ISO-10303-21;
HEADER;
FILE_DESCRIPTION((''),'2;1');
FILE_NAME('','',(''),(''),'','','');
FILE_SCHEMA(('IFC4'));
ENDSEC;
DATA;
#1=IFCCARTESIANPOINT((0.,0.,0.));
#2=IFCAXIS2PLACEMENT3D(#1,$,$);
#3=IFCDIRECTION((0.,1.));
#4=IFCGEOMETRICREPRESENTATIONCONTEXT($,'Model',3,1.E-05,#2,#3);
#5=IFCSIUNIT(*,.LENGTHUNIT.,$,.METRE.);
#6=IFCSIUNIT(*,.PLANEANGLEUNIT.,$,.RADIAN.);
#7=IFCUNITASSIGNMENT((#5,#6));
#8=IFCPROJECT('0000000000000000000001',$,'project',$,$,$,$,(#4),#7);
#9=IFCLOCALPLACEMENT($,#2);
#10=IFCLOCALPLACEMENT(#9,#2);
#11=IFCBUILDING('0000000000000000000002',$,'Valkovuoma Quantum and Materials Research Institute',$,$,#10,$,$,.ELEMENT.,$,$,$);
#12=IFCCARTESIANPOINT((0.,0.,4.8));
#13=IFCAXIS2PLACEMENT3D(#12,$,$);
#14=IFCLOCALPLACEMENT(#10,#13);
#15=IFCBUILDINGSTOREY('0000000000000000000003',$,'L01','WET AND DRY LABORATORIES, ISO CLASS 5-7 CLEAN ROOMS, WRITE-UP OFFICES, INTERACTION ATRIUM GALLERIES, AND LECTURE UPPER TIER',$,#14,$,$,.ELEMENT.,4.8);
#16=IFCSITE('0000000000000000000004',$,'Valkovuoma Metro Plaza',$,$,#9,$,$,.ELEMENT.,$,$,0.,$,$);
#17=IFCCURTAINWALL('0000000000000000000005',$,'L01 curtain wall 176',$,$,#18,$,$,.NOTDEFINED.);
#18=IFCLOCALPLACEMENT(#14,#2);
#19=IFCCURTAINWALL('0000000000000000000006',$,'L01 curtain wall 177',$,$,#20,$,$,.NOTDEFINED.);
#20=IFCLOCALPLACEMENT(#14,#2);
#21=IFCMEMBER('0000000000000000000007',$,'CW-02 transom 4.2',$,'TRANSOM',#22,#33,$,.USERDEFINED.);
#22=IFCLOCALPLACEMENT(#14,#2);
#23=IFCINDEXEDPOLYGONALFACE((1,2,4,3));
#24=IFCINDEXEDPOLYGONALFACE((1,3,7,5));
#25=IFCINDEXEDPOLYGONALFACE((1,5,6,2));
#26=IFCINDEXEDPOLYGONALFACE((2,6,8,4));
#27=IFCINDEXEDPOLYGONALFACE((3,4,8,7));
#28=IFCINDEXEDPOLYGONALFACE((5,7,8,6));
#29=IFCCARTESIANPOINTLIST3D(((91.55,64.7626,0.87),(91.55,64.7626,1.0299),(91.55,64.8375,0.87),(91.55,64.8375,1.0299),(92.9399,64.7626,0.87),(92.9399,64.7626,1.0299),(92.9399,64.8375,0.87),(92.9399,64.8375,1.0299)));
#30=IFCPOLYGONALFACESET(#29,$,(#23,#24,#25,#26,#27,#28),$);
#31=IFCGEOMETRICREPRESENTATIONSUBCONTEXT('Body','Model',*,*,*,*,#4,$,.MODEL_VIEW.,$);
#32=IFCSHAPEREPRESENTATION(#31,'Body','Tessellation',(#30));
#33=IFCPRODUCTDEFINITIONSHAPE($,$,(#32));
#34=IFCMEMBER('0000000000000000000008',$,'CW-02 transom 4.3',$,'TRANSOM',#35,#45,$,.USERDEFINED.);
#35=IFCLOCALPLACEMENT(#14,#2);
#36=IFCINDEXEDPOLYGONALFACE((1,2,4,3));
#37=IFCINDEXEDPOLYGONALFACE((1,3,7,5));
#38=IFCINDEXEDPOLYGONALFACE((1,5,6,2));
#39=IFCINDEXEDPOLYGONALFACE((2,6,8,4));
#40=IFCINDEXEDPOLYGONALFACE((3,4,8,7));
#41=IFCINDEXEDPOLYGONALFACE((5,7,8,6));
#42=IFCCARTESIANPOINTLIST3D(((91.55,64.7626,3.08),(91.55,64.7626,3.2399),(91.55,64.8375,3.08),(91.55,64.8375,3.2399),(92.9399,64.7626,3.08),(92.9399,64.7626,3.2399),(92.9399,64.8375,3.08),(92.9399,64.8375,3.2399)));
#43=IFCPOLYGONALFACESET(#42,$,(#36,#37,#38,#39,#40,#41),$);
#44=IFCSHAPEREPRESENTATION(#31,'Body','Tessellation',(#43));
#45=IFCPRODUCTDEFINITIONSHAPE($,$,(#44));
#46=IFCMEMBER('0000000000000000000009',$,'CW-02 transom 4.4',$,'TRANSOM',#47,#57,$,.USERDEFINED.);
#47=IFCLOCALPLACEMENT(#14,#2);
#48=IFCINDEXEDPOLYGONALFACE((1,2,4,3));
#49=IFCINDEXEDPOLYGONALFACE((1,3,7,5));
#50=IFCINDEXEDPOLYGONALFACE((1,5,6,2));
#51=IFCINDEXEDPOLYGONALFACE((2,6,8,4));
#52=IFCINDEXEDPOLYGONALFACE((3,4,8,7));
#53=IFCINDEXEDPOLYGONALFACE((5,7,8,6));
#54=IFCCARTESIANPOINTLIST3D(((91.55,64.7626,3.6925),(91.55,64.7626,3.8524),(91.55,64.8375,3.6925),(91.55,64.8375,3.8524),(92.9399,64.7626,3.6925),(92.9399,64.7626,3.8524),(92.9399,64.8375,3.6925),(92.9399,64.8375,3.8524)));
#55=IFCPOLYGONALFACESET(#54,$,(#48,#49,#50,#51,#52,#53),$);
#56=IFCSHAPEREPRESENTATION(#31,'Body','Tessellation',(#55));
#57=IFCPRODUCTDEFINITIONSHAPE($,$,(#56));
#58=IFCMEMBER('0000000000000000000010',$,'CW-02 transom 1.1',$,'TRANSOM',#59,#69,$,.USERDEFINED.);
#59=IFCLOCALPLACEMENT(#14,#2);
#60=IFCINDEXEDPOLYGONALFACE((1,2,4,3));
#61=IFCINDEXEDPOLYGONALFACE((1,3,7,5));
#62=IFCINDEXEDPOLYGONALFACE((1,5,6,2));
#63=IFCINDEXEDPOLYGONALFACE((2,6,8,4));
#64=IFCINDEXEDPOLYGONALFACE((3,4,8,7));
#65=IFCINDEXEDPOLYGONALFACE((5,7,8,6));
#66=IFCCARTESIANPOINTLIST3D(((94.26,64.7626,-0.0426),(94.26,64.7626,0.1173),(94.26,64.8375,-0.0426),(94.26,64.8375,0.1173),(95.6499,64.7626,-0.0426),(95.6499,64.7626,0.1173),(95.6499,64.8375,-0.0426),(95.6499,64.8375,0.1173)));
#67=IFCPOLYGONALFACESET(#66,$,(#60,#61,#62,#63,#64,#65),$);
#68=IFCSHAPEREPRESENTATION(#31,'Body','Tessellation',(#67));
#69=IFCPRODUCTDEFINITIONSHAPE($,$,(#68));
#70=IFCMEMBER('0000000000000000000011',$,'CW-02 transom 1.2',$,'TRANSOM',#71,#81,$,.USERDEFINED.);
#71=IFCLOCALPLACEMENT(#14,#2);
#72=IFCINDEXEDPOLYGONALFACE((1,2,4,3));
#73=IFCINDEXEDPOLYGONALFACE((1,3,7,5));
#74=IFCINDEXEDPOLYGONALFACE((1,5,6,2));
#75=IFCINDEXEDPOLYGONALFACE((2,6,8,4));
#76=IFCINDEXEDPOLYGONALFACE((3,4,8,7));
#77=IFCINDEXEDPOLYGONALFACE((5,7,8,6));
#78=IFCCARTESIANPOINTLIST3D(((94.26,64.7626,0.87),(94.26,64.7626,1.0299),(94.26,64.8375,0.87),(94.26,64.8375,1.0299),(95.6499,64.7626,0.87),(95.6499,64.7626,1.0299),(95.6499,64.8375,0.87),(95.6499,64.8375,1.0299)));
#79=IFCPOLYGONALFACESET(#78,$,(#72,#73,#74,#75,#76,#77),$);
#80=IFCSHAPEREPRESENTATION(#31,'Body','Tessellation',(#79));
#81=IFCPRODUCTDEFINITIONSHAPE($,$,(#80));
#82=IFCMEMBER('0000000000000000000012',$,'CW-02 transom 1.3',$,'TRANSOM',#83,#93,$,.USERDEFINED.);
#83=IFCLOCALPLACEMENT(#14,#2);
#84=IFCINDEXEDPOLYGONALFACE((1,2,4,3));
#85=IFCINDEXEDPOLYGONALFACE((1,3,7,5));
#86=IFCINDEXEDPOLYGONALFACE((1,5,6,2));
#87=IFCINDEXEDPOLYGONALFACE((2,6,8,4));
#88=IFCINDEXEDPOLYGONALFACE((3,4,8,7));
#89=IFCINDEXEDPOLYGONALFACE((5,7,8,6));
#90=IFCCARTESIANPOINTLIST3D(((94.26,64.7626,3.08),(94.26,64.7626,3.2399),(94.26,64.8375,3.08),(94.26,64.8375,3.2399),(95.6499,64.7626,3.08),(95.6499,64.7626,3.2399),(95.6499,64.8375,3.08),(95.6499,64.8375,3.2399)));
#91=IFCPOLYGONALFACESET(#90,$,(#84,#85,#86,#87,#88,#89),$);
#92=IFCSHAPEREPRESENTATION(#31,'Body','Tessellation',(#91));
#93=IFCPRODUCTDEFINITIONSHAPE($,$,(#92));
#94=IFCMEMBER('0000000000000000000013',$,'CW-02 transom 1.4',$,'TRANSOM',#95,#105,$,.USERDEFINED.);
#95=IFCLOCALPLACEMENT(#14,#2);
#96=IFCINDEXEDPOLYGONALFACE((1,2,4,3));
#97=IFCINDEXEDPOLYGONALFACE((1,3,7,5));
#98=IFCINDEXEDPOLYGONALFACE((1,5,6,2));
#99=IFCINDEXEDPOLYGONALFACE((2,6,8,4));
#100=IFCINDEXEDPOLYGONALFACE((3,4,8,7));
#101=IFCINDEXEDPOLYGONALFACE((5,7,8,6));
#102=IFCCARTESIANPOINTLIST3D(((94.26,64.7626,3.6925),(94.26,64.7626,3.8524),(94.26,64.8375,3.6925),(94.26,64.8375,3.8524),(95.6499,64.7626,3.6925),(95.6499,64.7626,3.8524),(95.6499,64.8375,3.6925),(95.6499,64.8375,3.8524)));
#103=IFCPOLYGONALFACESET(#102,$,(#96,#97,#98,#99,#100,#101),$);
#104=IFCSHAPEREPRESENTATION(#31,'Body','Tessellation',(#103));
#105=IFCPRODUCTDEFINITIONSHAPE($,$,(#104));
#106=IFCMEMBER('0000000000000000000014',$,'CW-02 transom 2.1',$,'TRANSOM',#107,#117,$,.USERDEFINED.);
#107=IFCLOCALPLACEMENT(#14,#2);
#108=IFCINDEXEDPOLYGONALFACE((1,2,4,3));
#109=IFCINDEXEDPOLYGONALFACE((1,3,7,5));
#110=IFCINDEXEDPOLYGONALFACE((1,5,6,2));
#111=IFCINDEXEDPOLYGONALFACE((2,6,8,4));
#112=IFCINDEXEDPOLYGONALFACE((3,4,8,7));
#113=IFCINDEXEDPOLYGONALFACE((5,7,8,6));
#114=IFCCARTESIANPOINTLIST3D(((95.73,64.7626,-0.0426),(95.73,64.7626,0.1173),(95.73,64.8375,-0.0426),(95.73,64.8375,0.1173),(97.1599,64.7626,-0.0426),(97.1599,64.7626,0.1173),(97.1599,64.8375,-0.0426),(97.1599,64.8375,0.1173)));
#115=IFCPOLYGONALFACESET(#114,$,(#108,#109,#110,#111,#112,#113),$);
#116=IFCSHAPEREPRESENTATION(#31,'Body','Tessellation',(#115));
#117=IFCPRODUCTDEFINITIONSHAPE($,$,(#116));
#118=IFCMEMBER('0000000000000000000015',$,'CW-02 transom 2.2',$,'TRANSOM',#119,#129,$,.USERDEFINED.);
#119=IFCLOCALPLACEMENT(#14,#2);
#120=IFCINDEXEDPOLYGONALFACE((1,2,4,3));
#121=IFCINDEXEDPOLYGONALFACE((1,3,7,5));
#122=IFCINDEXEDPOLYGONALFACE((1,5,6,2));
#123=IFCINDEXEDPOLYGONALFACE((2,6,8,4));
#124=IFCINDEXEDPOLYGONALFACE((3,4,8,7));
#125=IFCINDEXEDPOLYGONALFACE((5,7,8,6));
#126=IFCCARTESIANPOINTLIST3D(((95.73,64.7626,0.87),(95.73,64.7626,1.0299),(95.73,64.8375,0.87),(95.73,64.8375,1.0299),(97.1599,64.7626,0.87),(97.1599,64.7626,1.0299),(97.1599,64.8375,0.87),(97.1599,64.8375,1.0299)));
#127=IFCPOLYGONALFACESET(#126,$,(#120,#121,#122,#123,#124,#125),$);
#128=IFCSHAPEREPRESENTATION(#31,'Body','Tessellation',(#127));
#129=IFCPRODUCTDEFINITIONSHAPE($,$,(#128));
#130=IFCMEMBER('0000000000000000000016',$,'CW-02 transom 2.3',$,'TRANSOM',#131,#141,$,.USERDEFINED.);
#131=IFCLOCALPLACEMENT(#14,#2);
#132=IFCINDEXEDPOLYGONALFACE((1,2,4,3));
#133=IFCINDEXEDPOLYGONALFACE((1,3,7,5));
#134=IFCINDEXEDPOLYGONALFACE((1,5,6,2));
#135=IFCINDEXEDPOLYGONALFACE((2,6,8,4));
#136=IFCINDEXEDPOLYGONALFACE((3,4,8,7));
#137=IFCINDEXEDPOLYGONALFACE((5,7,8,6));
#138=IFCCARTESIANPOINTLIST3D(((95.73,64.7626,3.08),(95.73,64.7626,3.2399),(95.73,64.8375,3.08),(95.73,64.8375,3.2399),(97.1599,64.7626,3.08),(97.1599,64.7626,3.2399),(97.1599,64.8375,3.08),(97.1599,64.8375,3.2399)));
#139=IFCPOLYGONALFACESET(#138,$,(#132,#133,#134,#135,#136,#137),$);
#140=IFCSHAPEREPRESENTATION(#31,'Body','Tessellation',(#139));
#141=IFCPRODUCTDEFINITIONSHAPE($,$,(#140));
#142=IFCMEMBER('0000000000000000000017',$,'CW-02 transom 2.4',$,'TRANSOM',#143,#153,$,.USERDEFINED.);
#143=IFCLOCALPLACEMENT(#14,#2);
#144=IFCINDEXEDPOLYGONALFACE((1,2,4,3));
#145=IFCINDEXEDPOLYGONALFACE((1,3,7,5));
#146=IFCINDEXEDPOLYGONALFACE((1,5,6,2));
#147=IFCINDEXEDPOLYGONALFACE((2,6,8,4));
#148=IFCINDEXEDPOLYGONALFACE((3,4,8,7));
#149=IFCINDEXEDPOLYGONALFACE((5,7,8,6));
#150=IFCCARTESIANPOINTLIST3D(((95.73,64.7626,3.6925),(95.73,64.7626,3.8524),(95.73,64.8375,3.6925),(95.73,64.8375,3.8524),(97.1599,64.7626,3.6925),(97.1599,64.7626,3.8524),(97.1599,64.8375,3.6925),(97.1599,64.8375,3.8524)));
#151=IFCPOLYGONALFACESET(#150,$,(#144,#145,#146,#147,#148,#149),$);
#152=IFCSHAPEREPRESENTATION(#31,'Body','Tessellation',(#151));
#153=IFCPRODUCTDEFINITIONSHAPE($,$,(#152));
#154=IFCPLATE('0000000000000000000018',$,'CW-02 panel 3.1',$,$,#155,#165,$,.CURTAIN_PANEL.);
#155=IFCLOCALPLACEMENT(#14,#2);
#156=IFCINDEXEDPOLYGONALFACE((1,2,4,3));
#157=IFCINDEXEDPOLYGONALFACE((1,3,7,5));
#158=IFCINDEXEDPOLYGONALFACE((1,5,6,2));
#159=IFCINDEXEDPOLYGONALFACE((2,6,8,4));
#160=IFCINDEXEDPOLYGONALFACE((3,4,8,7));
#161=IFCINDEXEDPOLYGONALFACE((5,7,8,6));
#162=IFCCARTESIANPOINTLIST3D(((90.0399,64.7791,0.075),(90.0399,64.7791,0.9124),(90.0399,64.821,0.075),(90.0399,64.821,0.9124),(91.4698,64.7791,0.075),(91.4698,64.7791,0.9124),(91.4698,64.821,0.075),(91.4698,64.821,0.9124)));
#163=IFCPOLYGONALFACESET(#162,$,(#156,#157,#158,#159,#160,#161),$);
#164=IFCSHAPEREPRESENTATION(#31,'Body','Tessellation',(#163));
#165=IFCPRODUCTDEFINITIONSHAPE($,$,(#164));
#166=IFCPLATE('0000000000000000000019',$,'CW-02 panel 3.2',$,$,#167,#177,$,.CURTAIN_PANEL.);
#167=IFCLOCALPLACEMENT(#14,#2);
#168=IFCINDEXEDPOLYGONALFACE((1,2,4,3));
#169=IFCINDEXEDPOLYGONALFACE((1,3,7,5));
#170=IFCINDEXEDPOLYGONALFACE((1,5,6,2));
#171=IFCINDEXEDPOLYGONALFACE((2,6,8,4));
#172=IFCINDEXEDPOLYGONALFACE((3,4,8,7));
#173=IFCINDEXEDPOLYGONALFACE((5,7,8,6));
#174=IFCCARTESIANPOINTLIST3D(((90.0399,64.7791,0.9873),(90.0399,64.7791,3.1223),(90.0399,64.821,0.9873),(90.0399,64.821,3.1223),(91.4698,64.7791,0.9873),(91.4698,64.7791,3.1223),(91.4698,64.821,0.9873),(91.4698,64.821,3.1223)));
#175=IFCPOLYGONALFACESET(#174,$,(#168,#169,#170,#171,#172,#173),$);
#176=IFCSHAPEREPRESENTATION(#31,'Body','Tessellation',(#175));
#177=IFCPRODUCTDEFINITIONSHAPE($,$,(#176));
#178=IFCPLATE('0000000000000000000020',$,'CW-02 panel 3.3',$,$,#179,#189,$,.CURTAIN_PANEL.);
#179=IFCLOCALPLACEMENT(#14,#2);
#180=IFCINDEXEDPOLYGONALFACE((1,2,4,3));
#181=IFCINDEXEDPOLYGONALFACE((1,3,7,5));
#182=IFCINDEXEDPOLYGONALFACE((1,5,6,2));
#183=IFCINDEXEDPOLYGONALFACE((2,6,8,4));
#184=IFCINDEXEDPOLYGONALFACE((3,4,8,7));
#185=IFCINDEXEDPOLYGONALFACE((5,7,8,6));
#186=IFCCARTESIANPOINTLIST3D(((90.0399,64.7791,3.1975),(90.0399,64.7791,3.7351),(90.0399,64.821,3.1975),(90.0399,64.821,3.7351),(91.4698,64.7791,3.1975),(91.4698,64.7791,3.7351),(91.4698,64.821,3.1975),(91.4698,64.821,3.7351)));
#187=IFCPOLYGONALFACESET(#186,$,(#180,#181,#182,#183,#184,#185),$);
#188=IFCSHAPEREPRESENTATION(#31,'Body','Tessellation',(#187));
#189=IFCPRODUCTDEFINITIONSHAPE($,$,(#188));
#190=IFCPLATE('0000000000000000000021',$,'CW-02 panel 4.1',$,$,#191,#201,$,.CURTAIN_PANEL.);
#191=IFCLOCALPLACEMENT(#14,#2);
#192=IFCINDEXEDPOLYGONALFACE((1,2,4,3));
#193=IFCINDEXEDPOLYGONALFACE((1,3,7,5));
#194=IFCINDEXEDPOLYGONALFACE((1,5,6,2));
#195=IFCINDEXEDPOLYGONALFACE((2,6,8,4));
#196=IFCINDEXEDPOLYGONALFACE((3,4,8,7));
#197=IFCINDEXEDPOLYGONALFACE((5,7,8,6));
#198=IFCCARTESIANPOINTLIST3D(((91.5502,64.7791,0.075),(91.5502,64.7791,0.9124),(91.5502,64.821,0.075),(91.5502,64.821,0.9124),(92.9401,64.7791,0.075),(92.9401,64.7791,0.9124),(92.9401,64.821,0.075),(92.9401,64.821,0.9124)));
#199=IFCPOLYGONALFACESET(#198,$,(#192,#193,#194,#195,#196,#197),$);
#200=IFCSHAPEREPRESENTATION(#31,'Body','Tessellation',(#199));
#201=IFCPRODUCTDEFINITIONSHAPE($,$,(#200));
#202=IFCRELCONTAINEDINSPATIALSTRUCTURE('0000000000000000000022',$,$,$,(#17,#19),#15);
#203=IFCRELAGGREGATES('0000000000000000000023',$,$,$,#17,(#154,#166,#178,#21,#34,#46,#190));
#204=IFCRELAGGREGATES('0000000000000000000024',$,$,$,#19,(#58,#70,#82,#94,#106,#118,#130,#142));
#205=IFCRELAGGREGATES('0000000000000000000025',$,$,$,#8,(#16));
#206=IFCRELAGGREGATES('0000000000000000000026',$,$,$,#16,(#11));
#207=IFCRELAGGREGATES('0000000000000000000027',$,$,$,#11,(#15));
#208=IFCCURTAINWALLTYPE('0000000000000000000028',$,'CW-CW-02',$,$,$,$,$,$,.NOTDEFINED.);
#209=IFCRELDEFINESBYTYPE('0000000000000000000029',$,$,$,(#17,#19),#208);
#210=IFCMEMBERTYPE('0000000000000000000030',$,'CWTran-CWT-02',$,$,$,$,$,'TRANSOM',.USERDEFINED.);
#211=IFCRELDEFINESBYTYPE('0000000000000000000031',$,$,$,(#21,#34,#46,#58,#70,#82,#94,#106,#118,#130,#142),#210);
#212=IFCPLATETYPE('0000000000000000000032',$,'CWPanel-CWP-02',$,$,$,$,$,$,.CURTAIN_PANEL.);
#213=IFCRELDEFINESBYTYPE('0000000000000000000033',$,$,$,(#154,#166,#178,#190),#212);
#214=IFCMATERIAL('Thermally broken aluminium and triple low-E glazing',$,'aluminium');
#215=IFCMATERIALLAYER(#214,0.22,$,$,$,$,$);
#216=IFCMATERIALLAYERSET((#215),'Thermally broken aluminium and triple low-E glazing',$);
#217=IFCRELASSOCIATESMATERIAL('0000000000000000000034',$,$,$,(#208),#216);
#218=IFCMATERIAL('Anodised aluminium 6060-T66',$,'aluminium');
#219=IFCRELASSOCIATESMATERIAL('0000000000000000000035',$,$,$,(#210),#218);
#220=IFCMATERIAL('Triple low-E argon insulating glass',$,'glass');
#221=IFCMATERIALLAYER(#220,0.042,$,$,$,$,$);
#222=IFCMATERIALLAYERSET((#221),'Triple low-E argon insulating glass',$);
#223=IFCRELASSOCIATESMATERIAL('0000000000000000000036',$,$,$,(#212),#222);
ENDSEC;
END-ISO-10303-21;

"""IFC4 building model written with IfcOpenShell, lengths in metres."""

from ifc_helpers import new_model, si_unit, direction, frame, origin, origin_2d, place, context, subcontext, project, spatial, rectangle, extrude, material, layer, layer_set, material_profile, profile_set, type_object, element, aggregate, save


model = new_model("IFC4")

# Units and contexts
model_context = context("Model", 3, precision=1e-05, world=origin(), true_north=direction((0.0, 1.0)))
body_context = subcontext(model_context, "Body", "Model", "MODEL_VIEW")
ifc_project = project(units=[si_unit("LENGTHUNIT", "METRE"), si_unit("PLANEANGLEUNIT", "RADIAN")], contexts=[model_context])

# Site, building, storey
site_placement = place(None, origin())
site = spatial("IfcSite", under=ifc_project, at=site_placement, Name="Valkovuoma Metro Plaza", CompositionType="ELEMENT", RefElevation=0.0)
building_placement = place(site_placement, origin())
building = spatial("IfcBuilding", under=site, at=building_placement, Name="Valkovuoma Quantum and Materials Research Institute", CompositionType="ELEMENT")
storey_placement = place(building_placement, frame((0.0, 0.0, 4.8)))
storey = spatial("IfcBuildingStorey", under=building, at=storey_placement, Name="L01", Description="WET AND DRY LABORATORIES, ISO CLASS 5-7 CLEAN ROOMS, WRITE-UP OFFICES, INTERACTION ATRIUM GALLERIES, AND LECTURE UPPER TIER", CompositionType="ELEMENT", Elevation=4.8)

# Curtain walls
ifc_material_1 = material(Name="Thermally broken aluminium and triple low-E glazing", Category="aluminium")
ifc_layer_1 = layer(ifc_material_1, 0.22)
ifc_layer_set_1 = layer_set([ifc_layer_1], Name="Thermally broken aluminium and triple low-E glazing")
curtain_wall_type = type_object("IfcCurtainWallType", Name="CW-CW-02", PredefinedType="NOTDEFINED", material=ifc_layer_set_1)
curtain_wall_1_placement = place(storey_placement, origin())
curtain_wall_1 = element("IfcCurtainWall", 1, at=curtain_wall_1_placement, inside=storey, type_object=curtain_wall_type, Name="L01 curtain wall 176", PredefinedType="NOTDEFINED")
curtain_wall_2_placement = place(storey_placement, origin())
curtain_wall_2 = element("IfcCurtainWall", 2, at=curtain_wall_2_placement, inside=storey, type_object=curtain_wall_type, Name="L01 curtain wall 177", PredefinedType="NOTDEFINED")

# Members
ifc_material_2 = material(Name="Anodised aluminium 6060-T66", Category="aluminium")
ifc_material_profile_1 = material_profile(ifc_material_2, rectangle(XDim=0.075, YDim=0.1599, at=origin_2d()), Name="Anodised aluminium 6060-T66")
ifc_profile_set_1 = profile_set([ifc_material_profile_1], Name="Anodised aluminium 6060-T66")
member_type_1 = type_object("IfcMemberType", Name="CWTran-CWT-02", ElementType="TRANSOM", PredefinedType="USERDEFINED", material=ifc_profile_set_1)
member_1_placement = place(storey_placement, frame((91.55, 64.8, 0.95), z_axis=(1.0, 0.0, 0.0), x_axis=(0.0, 1.0, 0.0)))
member_1 = element("IfcMember", 3, at=member_1_placement, type_object=member_type_1, Name="CW-02 transom 4.2", ObjectType="TRANSOM", PredefinedType="USERDEFINED", context=body_context, shape_type="SweptSolid", body=[
    extrude(rectangle(XDim=0.075, YDim=0.1599, at=origin_2d()), origin(), (0.0, 0.0, 1.0), 1.3899),
])
member_2_placement = place(storey_placement, frame((91.55, 64.8, 3.1599), z_axis=(1.0, 0.0, 0.0), x_axis=(0.0, 1.0, 0.0)))
member_2 = element("IfcMember", 4, at=member_2_placement, type_object=member_type_1, Name="CW-02 transom 4.3", ObjectType="TRANSOM", PredefinedType="USERDEFINED", context=body_context, shape_type="SweptSolid", body=[
    extrude(rectangle(XDim=0.075, YDim=0.1599, at=origin_2d()), origin(), (0.0, 0.0, 1.0), 1.3899),
])
member_3_placement = place(storey_placement, frame((91.55, 64.8, 3.7725), z_axis=(1.0, 0.0, 0.0), x_axis=(0.0, 1.0, 0.0)))
member_3 = element("IfcMember", 5, at=member_3_placement, type_object=member_type_1, Name="CW-02 transom 4.4", ObjectType="TRANSOM", PredefinedType="USERDEFINED", context=body_context, shape_type="SweptSolid", body=[
    extrude(rectangle(XDim=0.075, YDim=0.1599, at=origin_2d()), origin(), (0.0, 0.0, 1.0), 1.3899),
])
member_4_placement = place(storey_placement, frame((94.26, 64.8, 0.0374), z_axis=(1.0, 0.0, 0.0), x_axis=(0.0, 1.0, 0.0)))
member_4 = element("IfcMember", 6, at=member_4_placement, type_object=member_type_1, Name="CW-02 transom 1.1", ObjectType="TRANSOM", PredefinedType="USERDEFINED", context=body_context, shape_type="SweptSolid", body=[
    extrude(rectangle(XDim=0.075, YDim=0.1599, at=origin_2d()), origin(), (0.0, 0.0, 1.0), 1.3899),
])
member_5_placement = place(storey_placement, frame((94.26, 64.8, 0.95), z_axis=(1.0, 0.0, 0.0), x_axis=(0.0, 1.0, 0.0)))
member_5 = element("IfcMember", 7, at=member_5_placement, type_object=member_type_1, Name="CW-02 transom 1.2", ObjectType="TRANSOM", PredefinedType="USERDEFINED", context=body_context, shape_type="SweptSolid", body=[
    extrude(rectangle(XDim=0.075, YDim=0.1599, at=origin_2d()), origin(), (0.0, 0.0, 1.0), 1.3899),
])
member_6_placement = place(storey_placement, frame((94.26, 64.8, 3.1599), z_axis=(1.0, 0.0, 0.0), x_axis=(0.0, 1.0, 0.0)))
member_6 = element("IfcMember", 8, at=member_6_placement, type_object=member_type_1, Name="CW-02 transom 1.3", ObjectType="TRANSOM", PredefinedType="USERDEFINED", context=body_context, shape_type="SweptSolid", body=[
    extrude(rectangle(XDim=0.075, YDim=0.1599, at=origin_2d()), origin(), (0.0, 0.0, 1.0), 1.3899),
])
member_7_placement = place(storey_placement, frame((94.26, 64.8, 3.7725), z_axis=(1.0, 0.0, 0.0), x_axis=(0.0, 1.0, 0.0)))
member_7 = element("IfcMember", 9, at=member_7_placement, type_object=member_type_1, Name="CW-02 transom 1.4", ObjectType="TRANSOM", PredefinedType="USERDEFINED", context=body_context, shape_type="SweptSolid", body=[
    extrude(rectangle(XDim=0.075, YDim=0.1599, at=origin_2d()), origin(), (0.0, 0.0, 1.0), 1.3899),
])
member_8_placement = place(storey_placement, frame((95.73, 64.8, 0.0374), z_axis=(1.0, 0.0, 0.0), x_axis=(0.0, 1.0, 0.0)))
member_8 = element("IfcMember", 10, at=member_8_placement, type_object=member_type_1, Name="CW-02 transom 2.1", ObjectType="TRANSOM", PredefinedType="USERDEFINED", context=body_context, shape_type="SweptSolid", body=[
    extrude(rectangle(XDim=0.075, YDim=0.1599, at=origin_2d()), origin(), (0.0, 0.0, 1.0), 1.4299),
])
member_9_placement = place(storey_placement, frame((95.73, 64.8, 0.95), z_axis=(1.0, 0.0, 0.0), x_axis=(0.0, 1.0, 0.0)))
member_9 = element("IfcMember", 11, at=member_9_placement, type_object=member_type_1, Name="CW-02 transom 2.2", ObjectType="TRANSOM", PredefinedType="USERDEFINED", context=body_context, shape_type="SweptSolid", body=[
    extrude(rectangle(XDim=0.075, YDim=0.1599, at=origin_2d()), origin(), (0.0, 0.0, 1.0), 1.4299),
])
member_10_placement = place(storey_placement, frame((95.73, 64.8, 3.1599), z_axis=(1.0, 0.0, 0.0), x_axis=(0.0, 1.0, 0.0)))
member_10 = element("IfcMember", 12, at=member_10_placement, type_object=member_type_1, Name="CW-02 transom 2.3", ObjectType="TRANSOM", PredefinedType="USERDEFINED", context=body_context, shape_type="SweptSolid", body=[
    extrude(rectangle(XDim=0.075, YDim=0.1599, at=origin_2d()), origin(), (0.0, 0.0, 1.0), 1.4299),
])
member_11_placement = place(storey_placement, frame((95.73, 64.8, 3.7725), z_axis=(1.0, 0.0, 0.0), x_axis=(0.0, 1.0, 0.0)))
member_11 = element("IfcMember", 13, at=member_11_placement, type_object=member_type_1, Name="CW-02 transom 2.4", ObjectType="TRANSOM", PredefinedType="USERDEFINED", context=body_context, shape_type="SweptSolid", body=[
    extrude(rectangle(XDim=0.075, YDim=0.1599, at=origin_2d()), origin(), (0.0, 0.0, 1.0), 1.4299),
])

# Plates
ifc_material_3 = material(Name="Triple low-E argon insulating glass", Category="glass")
ifc_layer_2 = layer(ifc_material_3, 0.042)
ifc_layer_set_2 = layer_set([ifc_layer_2], Name="Triple low-E argon insulating glass")
plate_type = type_object("IfcPlateType", Name="CWPanel-CWP-02", PredefinedType="CURTAIN_PANEL", material=ifc_layer_set_2)
plate_1_placement = place(storey_placement, frame((90.7549, 64.8, 0.075), z_axis=(0.0, 0.0, 1.0), x_axis=(1.0, 0.0, 0.0)))
plate_1 = element("IfcPlate", 14, at=plate_1_placement, type_object=plate_type, Name="CW-02 panel 3.1", PredefinedType="CURTAIN_PANEL", context=body_context, shape_type="SweptSolid", body=[
    extrude(rectangle(XDim=1.4299, YDim=0.042, at=origin_2d()), origin(), (0.0, 0.0, 1.0), 0.8374),
])
plate_2_placement = place(storey_placement, frame((90.7549, 64.8, 0.9873), z_axis=(0.0, 0.0, 1.0), x_axis=(1.0, 0.0, 0.0)))
plate_2 = element("IfcPlate", 15, at=plate_2_placement, type_object=plate_type, Name="CW-02 panel 3.2", PredefinedType="CURTAIN_PANEL", context=body_context, shape_type="SweptSolid", body=[
    extrude(rectangle(XDim=1.4299, YDim=0.042, at=origin_2d()), origin(), (0.0, 0.0, 1.0), 2.135),
])
plate_3_placement = place(storey_placement, frame((90.7549, 64.8, 3.1975), z_axis=(0.0, 0.0, 1.0), x_axis=(1.0, 0.0, 0.0)))
plate_3 = element("IfcPlate", 16, at=plate_3_placement, type_object=plate_type, Name="CW-02 panel 3.3", PredefinedType="CURTAIN_PANEL", context=body_context, shape_type="SweptSolid", body=[
    extrude(rectangle(XDim=1.4299, YDim=0.042, at=origin_2d()), origin(), (0.0, 0.0, 1.0), 0.5376),
])
plate_4_placement = place(storey_placement, frame((92.2451, 64.8, 0.075), z_axis=(0.0, 0.0, 1.0), x_axis=(1.0, 0.0, 0.0)))
plate_4 = element("IfcPlate", 17, at=plate_4_placement, type_object=plate_type, Name="CW-02 panel 4.1", PredefinedType="CURTAIN_PANEL", context=body_context, shape_type="SweptSolid", body=[
    extrude(rectangle(XDim=1.3899, YDim=0.042, at=origin_2d()), origin(), (0.0, 0.0, 1.0), 0.8374),
])
aggregate(curtain_wall_1, [plate_1, plate_2, plate_3, member_1, member_2, member_3, plate_4])
aggregate(curtain_wall_2, [member_4, member_5, member_6, member_7, member_8, member_9, member_10, member_11])

save(model, "model.ifc")
